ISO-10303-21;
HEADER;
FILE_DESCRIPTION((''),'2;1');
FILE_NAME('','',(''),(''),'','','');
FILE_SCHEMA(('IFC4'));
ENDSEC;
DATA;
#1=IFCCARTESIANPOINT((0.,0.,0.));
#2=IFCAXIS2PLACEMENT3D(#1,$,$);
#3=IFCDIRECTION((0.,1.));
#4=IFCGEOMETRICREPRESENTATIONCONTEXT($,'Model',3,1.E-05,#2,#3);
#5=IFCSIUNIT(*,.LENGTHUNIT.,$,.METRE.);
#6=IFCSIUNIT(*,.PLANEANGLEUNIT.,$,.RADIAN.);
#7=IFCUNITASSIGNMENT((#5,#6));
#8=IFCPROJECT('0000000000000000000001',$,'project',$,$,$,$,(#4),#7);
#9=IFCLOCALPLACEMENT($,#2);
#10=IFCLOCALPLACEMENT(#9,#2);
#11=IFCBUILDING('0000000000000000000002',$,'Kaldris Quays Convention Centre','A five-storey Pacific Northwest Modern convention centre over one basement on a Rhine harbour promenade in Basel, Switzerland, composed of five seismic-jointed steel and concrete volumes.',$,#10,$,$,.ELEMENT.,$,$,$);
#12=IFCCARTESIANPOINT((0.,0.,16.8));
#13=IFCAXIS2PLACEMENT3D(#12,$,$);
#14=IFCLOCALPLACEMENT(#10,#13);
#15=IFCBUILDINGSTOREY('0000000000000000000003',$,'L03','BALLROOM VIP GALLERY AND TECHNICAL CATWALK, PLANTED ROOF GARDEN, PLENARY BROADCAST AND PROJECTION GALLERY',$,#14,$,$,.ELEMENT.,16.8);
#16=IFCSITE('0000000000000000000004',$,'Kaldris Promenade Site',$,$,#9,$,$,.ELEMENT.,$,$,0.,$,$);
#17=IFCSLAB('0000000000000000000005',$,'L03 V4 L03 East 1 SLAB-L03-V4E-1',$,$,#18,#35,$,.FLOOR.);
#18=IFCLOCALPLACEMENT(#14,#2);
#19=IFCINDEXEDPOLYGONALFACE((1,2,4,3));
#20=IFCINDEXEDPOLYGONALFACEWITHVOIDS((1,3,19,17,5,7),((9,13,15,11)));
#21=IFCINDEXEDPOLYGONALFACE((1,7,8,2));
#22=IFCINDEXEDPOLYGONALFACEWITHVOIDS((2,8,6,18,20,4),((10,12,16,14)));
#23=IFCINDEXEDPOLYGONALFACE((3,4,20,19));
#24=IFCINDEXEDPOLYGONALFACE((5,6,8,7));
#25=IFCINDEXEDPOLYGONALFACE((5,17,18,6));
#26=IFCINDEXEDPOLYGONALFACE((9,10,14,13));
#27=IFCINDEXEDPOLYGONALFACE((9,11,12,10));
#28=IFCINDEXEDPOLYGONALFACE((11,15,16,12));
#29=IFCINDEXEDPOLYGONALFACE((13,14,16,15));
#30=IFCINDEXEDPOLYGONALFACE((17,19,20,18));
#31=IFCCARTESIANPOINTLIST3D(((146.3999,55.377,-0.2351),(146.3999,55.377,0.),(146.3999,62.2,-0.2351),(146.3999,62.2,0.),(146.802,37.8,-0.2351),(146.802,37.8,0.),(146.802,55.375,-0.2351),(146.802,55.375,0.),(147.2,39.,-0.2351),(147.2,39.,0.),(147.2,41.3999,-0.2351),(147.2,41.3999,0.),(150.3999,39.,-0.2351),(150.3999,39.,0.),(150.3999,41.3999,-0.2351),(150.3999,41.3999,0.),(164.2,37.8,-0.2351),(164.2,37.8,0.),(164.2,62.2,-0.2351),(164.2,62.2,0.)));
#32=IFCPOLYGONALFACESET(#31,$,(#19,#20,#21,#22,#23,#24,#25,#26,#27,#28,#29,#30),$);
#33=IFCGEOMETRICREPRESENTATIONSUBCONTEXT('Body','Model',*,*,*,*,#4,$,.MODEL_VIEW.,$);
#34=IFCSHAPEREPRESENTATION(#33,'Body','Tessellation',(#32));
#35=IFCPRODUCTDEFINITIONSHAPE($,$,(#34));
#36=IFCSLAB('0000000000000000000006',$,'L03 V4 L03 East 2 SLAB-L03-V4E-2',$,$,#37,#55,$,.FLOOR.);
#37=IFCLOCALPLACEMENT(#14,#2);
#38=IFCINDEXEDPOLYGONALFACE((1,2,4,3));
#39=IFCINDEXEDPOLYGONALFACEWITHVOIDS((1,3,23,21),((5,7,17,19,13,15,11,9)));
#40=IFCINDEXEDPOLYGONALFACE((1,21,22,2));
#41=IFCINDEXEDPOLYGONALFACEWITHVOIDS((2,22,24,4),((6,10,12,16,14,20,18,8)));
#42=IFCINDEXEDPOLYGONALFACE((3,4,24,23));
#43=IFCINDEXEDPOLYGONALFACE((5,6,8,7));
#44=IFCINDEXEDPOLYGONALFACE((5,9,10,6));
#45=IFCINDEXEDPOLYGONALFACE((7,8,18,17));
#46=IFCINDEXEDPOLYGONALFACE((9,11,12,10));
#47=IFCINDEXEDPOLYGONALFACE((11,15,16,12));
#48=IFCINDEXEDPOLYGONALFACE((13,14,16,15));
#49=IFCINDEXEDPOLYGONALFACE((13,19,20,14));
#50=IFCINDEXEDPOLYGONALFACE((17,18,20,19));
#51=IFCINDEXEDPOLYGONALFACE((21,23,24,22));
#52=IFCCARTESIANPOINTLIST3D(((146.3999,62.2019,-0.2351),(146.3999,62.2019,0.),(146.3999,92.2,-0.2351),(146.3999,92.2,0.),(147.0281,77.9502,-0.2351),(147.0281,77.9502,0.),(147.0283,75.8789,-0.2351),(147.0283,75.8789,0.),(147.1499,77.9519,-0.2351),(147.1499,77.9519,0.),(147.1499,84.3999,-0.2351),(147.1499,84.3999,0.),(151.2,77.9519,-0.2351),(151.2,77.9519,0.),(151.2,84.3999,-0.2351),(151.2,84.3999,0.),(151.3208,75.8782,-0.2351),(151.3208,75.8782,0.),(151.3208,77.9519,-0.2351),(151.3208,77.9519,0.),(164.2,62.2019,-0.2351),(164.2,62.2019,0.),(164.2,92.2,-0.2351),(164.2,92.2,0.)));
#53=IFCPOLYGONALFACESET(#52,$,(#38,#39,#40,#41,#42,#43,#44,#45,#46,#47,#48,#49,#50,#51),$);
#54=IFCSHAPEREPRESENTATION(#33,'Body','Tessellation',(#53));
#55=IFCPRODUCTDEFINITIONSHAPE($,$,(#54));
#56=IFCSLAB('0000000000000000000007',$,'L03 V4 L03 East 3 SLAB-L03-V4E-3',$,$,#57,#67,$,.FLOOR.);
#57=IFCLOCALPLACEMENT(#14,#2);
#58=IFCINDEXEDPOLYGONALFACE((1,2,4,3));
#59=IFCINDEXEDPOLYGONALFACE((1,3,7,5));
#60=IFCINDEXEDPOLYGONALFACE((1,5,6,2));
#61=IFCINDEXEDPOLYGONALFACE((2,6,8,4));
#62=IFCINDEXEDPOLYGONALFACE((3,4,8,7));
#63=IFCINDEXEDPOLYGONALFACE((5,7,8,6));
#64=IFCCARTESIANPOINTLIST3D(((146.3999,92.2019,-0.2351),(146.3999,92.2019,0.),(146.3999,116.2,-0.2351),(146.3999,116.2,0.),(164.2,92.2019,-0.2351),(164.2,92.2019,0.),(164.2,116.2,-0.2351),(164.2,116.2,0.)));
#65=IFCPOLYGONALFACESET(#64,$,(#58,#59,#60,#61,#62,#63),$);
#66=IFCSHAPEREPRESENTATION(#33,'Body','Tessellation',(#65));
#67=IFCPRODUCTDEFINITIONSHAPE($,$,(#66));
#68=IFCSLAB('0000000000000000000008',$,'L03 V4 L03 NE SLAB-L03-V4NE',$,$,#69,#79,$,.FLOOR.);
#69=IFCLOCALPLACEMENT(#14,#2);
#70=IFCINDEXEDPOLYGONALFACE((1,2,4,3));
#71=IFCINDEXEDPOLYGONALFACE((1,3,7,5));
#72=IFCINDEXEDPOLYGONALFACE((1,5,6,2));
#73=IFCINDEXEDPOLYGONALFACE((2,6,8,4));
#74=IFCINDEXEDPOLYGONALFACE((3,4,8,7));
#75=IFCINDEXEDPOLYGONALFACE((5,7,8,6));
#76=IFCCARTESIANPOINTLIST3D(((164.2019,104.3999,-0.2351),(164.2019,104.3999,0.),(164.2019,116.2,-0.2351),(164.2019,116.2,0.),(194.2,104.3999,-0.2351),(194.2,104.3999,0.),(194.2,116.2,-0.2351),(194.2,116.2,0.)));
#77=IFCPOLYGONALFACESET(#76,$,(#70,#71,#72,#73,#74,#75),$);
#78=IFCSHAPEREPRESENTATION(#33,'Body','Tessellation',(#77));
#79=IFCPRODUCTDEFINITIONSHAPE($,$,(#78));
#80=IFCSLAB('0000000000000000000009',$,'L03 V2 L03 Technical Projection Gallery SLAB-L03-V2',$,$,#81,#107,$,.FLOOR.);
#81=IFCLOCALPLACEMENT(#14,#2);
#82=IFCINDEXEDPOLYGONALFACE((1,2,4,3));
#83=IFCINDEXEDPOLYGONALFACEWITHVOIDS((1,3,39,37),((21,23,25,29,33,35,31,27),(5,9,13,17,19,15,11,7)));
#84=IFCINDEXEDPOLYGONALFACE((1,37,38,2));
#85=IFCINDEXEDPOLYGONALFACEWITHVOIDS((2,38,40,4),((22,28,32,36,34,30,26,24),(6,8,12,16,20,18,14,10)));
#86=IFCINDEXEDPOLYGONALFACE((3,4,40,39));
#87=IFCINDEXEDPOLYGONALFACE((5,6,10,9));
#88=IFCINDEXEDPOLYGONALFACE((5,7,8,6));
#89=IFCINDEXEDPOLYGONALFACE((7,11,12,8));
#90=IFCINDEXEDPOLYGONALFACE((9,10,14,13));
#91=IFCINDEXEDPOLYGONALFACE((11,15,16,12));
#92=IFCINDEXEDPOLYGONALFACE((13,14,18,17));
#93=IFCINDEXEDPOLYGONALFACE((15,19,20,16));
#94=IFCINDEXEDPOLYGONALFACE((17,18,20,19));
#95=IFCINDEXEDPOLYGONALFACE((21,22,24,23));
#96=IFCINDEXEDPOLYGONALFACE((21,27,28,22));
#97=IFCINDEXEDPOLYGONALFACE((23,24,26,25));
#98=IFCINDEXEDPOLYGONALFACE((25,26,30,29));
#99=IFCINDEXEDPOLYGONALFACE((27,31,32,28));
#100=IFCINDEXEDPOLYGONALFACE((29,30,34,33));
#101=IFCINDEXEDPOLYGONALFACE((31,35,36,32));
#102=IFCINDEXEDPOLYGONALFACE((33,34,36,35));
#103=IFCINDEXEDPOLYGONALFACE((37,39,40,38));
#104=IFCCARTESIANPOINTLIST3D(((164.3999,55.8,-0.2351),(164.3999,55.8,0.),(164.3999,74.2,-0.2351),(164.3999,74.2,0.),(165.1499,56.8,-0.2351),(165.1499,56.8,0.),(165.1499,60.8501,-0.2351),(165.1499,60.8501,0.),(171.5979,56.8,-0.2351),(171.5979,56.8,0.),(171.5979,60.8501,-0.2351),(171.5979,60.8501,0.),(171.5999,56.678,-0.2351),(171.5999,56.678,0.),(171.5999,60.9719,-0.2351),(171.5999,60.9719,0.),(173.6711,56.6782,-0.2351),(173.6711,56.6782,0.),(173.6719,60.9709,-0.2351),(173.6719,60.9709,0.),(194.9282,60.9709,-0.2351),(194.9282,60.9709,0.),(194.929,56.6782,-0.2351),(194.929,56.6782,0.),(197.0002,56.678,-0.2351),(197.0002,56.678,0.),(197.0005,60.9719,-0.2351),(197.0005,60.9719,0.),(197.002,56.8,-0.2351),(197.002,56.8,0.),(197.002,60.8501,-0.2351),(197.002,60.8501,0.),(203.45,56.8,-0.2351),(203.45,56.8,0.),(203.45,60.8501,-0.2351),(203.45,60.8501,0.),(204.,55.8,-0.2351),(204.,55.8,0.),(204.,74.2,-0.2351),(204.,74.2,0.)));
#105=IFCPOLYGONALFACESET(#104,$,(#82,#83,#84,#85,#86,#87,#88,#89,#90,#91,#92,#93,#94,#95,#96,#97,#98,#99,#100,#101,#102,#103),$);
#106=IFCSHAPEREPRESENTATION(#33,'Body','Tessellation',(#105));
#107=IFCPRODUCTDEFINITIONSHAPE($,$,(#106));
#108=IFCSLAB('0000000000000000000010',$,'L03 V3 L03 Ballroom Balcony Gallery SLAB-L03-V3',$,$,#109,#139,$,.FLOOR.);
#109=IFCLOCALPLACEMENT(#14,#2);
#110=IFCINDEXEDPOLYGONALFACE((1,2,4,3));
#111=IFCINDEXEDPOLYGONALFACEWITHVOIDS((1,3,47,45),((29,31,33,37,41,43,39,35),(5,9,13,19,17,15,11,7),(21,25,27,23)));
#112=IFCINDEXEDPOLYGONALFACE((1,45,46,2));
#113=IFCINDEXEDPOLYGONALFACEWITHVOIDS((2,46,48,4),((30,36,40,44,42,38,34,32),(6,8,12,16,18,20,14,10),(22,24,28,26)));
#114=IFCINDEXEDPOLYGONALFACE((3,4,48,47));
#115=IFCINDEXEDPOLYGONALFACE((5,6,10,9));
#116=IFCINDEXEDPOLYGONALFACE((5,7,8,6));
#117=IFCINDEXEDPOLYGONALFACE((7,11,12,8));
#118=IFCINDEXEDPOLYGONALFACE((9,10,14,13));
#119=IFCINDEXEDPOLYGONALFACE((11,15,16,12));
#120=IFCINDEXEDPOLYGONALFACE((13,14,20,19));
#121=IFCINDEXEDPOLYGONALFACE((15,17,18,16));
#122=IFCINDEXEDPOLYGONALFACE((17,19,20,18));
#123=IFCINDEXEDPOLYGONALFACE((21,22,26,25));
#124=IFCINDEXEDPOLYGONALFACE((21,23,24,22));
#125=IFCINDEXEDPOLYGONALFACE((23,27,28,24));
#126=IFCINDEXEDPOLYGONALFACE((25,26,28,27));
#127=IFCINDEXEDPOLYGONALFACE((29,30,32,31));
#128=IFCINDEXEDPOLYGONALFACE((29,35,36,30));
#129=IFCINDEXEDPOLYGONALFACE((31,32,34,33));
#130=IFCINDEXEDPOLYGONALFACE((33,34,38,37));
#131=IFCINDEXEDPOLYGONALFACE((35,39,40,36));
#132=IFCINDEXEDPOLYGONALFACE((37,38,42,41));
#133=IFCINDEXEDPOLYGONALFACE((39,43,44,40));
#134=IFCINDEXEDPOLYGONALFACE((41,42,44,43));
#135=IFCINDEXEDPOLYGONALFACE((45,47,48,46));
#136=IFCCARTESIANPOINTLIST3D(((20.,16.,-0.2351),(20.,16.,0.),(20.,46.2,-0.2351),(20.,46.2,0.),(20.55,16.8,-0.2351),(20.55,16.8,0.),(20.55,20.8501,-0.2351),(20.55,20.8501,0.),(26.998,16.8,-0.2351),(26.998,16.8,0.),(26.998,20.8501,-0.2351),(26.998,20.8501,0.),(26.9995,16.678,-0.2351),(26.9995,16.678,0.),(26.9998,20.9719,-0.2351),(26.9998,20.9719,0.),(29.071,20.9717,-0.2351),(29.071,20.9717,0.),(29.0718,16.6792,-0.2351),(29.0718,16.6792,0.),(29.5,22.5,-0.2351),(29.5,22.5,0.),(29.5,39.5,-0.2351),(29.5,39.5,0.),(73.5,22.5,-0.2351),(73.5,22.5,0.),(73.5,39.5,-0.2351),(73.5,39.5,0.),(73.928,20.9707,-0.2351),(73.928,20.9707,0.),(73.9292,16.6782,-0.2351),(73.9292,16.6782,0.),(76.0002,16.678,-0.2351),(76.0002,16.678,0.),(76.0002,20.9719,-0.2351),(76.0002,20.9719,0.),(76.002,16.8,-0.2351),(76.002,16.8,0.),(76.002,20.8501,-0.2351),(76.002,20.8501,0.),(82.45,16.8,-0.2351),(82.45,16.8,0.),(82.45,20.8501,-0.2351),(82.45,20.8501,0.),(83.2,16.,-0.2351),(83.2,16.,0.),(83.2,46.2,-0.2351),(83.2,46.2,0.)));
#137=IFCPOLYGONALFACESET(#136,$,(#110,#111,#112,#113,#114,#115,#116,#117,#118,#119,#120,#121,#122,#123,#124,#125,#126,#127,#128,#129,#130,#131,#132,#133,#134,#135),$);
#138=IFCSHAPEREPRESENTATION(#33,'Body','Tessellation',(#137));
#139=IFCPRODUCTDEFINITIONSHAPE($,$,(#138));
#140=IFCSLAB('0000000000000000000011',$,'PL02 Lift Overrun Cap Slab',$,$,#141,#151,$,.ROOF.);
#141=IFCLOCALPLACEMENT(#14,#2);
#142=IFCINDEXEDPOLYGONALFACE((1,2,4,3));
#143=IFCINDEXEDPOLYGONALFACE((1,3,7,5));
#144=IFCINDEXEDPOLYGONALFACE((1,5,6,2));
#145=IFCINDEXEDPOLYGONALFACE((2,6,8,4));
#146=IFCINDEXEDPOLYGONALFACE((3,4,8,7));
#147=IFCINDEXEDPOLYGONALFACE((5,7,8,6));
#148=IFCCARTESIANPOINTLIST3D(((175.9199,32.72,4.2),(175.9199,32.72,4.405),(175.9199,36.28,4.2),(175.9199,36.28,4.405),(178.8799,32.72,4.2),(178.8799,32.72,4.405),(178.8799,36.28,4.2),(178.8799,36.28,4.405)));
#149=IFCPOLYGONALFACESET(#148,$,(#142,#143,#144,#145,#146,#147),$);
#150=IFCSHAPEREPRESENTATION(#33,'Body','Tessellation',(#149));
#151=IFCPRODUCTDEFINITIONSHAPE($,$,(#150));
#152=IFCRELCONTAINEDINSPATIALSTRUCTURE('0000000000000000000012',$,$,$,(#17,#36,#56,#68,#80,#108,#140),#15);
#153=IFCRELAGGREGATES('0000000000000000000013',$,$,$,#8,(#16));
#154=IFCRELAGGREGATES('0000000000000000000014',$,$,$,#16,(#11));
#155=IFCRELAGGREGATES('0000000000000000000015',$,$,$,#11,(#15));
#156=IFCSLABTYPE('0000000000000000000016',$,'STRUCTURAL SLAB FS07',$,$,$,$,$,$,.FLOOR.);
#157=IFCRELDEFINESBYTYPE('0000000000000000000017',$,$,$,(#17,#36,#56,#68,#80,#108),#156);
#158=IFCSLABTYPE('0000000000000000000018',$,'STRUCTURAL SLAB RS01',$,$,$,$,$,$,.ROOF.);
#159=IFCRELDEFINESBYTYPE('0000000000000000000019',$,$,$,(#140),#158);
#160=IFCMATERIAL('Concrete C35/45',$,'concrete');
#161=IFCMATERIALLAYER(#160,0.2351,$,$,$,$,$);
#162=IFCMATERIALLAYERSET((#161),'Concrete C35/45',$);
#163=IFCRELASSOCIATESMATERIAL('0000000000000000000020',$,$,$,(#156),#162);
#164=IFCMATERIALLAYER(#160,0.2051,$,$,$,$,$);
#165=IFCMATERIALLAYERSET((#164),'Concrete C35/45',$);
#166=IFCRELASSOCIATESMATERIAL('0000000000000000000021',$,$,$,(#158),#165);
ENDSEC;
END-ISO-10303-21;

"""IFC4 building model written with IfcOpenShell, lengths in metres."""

from ifc_helpers import new_model, si_unit, direction, frame, origin, place, context, subcontext, project, spatial, polyline, outline, extrude, material, layer, layer_set, type_object, element, save


model = new_model("IFC4")

# Units and contexts
model_context = context("Model", 3, precision=1e-05, world=origin(), true_north=direction((0.0, 1.0)))
body_context = subcontext(model_context, "Body", "Model", "MODEL_VIEW")
ifc_project = project(units=[si_unit("LENGTHUNIT", "METRE"), si_unit("PLANEANGLEUNIT", "RADIAN")], contexts=[model_context])

# Site, building, storey
site_placement = place(None, origin())
site = spatial("IfcSite", under=ifc_project, at=site_placement, Name="Kaldris Promenade Site", CompositionType="ELEMENT", RefElevation=0.0)
building_placement = place(site_placement, origin())
building = spatial("IfcBuilding", under=site, at=building_placement, Name="Kaldris Quays Convention Centre", Description="A five-storey Pacific Northwest Modern convention centre over one basement on a Rhine harbour promenade in Basel, Switzerland, composed of five seismic-jointed steel and concrete volumes.", CompositionType="ELEMENT")
storey_placement = place(building_placement, frame((0.0, 0.0, 16.8)))
storey = spatial("IfcBuildingStorey", under=building, at=storey_placement, Name="L03", Description="BALLROOM VIP GALLERY AND TECHNICAL CATWALK, PLANTED ROOF GARDEN, PLENARY BROADCAST AND PROJECTION GALLERY", CompositionType="ELEMENT", Elevation=16.8)

# Slabs
ifc_material_1 = material(Name="Concrete C35/45", Category="concrete")
ifc_layer_1 = layer(ifc_material_1, 0.2351)
ifc_layer_set_1 = layer_set([ifc_layer_1], Name="Concrete C35/45")
slab_type_1 = type_object("IfcSlabType", Name="STRUCTURAL SLAB FS07", PredefinedType="FLOOR", material=ifc_layer_set_1)
slab_1_placement = place(storey_placement, frame((0.0, 0.0, -0.2351)))
element("IfcSlab", 1, at=slab_1_placement, inside=storey, type_object=slab_type_1, Name="L03 V4 L03 East 1 SLAB-L03-V4E-1", PredefinedType="FLOOR", context=body_context, shape_type="SweptSolid", body=[
    extrude(outline(polyline([(146.3999, 62.2), (164.2, 62.2), (164.2, 37.8), (146.802, 37.8), (146.802, 55.375), (146.3999, 55.377), (146.3999, 62.2)]), holes=[polyline([(150.3999, 41.3999), (147.2, 41.3999), (147.2, 39.0), (150.3999, 39.0), (150.3999, 41.3999)])]), origin(), (0.0, 0.0, 1.0), 0.2351),
])
slab_2_placement = place(storey_placement, frame((0.0, 0.0, -0.2351)))
element("IfcSlab", 2, at=slab_2_placement, inside=storey, type_object=slab_type_1, Name="L03 V4 L03 East 2 SLAB-L03-V4E-2", PredefinedType="FLOOR", context=body_context, shape_type="SweptSolid", body=[
    extrude(outline(polyline([(146.3999, 92.2), (164.2, 92.2), (164.2, 62.2019), (146.3999, 62.2019), (146.3999, 92.2)]), holes=[polyline([(151.3208, 77.9519), (151.2, 77.9519), (151.2, 84.3999), (147.1499, 84.3999), (147.1499, 77.9519), (147.0281, 77.9502), (147.0283, 75.8789), (151.3208, 75.8782), (151.3208, 77.9519)])]), origin(), (0.0, 0.0, 1.0), 0.2351),
])
slab_3_placement = place(storey_placement, frame((0.0, 0.0, -0.2351)))
element("IfcSlab", 3, at=slab_3_placement, inside=storey, type_object=slab_type_1, Name="L03 V4 L03 East 3 SLAB-L03-V4E-3", PredefinedType="FLOOR", context=body_context, shape_type="SweptSolid", body=[
    extrude(outline(polyline([(146.3999, 116.2), (164.2, 116.2), (164.2, 92.2019), (146.3999, 92.2019), (146.3999, 116.2)])), origin(), (0.0, 0.0, 1.0), 0.2351),
])
slab_4_placement = place(storey_placement, frame((0.0, 0.0, -0.2351)))
element("IfcSlab", 4, at=slab_4_placement, inside=storey, type_object=slab_type_1, Name="L03 V4 L03 NE SLAB-L03-V4NE", PredefinedType="FLOOR", context=body_context, shape_type="SweptSolid", body=[
    extrude(outline(polyline([(194.2, 116.2), (194.2, 104.3999), (164.2019, 104.3999), (164.2019, 116.2), (194.2, 116.2)])), origin(), (0.0, 0.0, 1.0), 0.2351),
])
slab_5_placement = place(storey_placement, frame((0.0, 0.0, -0.2351)))
element("IfcSlab", 5, at=slab_5_placement, inside=storey, type_object=slab_type_1, Name="L03 V2 L03 Technical Projection Gallery SLAB-L03-V2", PredefinedType="FLOOR", context=body_context, shape_type="SweptSolid", body=[
    extrude(outline(polyline([(164.3999, 55.8), (164.3999, 74.2), (204.0, 74.2), (204.0, 55.8), (164.3999, 55.8)]), holes=[polyline([(171.5979, 60.8501), (165.1499, 60.8501), (165.1499, 56.8), (171.5979, 56.8), (171.5999, 56.678), (173.6711, 56.6782), (173.6719, 60.9709), (171.5999, 60.9719), (171.5979, 60.8501)]), polyline([(197.0005, 60.9719), (194.9282, 60.9709), (194.929, 56.6782), (197.0002, 56.678), (197.002, 56.8), (203.45, 56.8), (203.45, 60.8501), (197.002, 60.8501), (197.0005, 60.9719)])]), origin(), (0.0, 0.0, 1.0), 0.2351),
])
slab_6_placement = place(storey_placement, frame((0.0, 0.0, -0.2351)))
element("IfcSlab", 6, at=slab_6_placement, inside=storey, type_object=slab_type_1, Name="L03 V3 L03 Ballroom Balcony Gallery SLAB-L03-V3", PredefinedType="FLOOR", context=body_context, shape_type="SweptSolid", body=[
    extrude(outline(polyline([(20.0, 16.0), (20.0, 46.2), (83.2, 46.2), (83.2, 16.0), (20.0, 16.0)]), holes=[polyline([(26.9995, 16.678), (29.0718, 16.6792), (29.071, 20.9717), (26.9998, 20.9719), (26.998, 20.8501), (20.55, 20.8501), (20.55, 16.8), (26.998, 16.8), (26.9995, 16.678)]), polyline([(73.928, 20.9707), (73.9292, 16.6782), (76.0002, 16.678), (76.002, 16.8), (82.45, 16.8), (82.45, 20.8501), (76.002, 20.8501), (76.0002, 20.9719), (73.928, 20.9707)]), polyline([(73.5, 39.5), (29.5, 39.5), (29.5, 22.5), (73.5, 22.5), (73.5, 39.5)])]), origin(), (0.0, 0.0, 1.0), 0.2351),
])
ifc_layer_2 = layer(ifc_material_1, 0.2051)
ifc_layer_set_2 = layer_set([ifc_layer_2], Name="Concrete C35/45")
slab_type_2 = type_object("IfcSlabType", Name="STRUCTURAL SLAB RS01", PredefinedType="ROOF", material=ifc_layer_set_2)
slab_7_placement = place(storey_placement, frame((0.0, 0.0, 4.2)))
element("IfcSlab", 7, at=slab_7_placement, inside=storey, type_object=slab_type_2, Name="PL02 Lift Overrun Cap Slab", PredefinedType="ROOF", context=body_context, shape_type="SweptSolid", body=[
    extrude(outline(polyline([(175.9199, 32.72), (178.8799, 32.72), (178.8799, 36.28), (175.9199, 36.28), (175.9199, 32.72)])), origin(), (0.0, 0.0, 1.0), 0.2051),
])

save(model, "model.ifc")
